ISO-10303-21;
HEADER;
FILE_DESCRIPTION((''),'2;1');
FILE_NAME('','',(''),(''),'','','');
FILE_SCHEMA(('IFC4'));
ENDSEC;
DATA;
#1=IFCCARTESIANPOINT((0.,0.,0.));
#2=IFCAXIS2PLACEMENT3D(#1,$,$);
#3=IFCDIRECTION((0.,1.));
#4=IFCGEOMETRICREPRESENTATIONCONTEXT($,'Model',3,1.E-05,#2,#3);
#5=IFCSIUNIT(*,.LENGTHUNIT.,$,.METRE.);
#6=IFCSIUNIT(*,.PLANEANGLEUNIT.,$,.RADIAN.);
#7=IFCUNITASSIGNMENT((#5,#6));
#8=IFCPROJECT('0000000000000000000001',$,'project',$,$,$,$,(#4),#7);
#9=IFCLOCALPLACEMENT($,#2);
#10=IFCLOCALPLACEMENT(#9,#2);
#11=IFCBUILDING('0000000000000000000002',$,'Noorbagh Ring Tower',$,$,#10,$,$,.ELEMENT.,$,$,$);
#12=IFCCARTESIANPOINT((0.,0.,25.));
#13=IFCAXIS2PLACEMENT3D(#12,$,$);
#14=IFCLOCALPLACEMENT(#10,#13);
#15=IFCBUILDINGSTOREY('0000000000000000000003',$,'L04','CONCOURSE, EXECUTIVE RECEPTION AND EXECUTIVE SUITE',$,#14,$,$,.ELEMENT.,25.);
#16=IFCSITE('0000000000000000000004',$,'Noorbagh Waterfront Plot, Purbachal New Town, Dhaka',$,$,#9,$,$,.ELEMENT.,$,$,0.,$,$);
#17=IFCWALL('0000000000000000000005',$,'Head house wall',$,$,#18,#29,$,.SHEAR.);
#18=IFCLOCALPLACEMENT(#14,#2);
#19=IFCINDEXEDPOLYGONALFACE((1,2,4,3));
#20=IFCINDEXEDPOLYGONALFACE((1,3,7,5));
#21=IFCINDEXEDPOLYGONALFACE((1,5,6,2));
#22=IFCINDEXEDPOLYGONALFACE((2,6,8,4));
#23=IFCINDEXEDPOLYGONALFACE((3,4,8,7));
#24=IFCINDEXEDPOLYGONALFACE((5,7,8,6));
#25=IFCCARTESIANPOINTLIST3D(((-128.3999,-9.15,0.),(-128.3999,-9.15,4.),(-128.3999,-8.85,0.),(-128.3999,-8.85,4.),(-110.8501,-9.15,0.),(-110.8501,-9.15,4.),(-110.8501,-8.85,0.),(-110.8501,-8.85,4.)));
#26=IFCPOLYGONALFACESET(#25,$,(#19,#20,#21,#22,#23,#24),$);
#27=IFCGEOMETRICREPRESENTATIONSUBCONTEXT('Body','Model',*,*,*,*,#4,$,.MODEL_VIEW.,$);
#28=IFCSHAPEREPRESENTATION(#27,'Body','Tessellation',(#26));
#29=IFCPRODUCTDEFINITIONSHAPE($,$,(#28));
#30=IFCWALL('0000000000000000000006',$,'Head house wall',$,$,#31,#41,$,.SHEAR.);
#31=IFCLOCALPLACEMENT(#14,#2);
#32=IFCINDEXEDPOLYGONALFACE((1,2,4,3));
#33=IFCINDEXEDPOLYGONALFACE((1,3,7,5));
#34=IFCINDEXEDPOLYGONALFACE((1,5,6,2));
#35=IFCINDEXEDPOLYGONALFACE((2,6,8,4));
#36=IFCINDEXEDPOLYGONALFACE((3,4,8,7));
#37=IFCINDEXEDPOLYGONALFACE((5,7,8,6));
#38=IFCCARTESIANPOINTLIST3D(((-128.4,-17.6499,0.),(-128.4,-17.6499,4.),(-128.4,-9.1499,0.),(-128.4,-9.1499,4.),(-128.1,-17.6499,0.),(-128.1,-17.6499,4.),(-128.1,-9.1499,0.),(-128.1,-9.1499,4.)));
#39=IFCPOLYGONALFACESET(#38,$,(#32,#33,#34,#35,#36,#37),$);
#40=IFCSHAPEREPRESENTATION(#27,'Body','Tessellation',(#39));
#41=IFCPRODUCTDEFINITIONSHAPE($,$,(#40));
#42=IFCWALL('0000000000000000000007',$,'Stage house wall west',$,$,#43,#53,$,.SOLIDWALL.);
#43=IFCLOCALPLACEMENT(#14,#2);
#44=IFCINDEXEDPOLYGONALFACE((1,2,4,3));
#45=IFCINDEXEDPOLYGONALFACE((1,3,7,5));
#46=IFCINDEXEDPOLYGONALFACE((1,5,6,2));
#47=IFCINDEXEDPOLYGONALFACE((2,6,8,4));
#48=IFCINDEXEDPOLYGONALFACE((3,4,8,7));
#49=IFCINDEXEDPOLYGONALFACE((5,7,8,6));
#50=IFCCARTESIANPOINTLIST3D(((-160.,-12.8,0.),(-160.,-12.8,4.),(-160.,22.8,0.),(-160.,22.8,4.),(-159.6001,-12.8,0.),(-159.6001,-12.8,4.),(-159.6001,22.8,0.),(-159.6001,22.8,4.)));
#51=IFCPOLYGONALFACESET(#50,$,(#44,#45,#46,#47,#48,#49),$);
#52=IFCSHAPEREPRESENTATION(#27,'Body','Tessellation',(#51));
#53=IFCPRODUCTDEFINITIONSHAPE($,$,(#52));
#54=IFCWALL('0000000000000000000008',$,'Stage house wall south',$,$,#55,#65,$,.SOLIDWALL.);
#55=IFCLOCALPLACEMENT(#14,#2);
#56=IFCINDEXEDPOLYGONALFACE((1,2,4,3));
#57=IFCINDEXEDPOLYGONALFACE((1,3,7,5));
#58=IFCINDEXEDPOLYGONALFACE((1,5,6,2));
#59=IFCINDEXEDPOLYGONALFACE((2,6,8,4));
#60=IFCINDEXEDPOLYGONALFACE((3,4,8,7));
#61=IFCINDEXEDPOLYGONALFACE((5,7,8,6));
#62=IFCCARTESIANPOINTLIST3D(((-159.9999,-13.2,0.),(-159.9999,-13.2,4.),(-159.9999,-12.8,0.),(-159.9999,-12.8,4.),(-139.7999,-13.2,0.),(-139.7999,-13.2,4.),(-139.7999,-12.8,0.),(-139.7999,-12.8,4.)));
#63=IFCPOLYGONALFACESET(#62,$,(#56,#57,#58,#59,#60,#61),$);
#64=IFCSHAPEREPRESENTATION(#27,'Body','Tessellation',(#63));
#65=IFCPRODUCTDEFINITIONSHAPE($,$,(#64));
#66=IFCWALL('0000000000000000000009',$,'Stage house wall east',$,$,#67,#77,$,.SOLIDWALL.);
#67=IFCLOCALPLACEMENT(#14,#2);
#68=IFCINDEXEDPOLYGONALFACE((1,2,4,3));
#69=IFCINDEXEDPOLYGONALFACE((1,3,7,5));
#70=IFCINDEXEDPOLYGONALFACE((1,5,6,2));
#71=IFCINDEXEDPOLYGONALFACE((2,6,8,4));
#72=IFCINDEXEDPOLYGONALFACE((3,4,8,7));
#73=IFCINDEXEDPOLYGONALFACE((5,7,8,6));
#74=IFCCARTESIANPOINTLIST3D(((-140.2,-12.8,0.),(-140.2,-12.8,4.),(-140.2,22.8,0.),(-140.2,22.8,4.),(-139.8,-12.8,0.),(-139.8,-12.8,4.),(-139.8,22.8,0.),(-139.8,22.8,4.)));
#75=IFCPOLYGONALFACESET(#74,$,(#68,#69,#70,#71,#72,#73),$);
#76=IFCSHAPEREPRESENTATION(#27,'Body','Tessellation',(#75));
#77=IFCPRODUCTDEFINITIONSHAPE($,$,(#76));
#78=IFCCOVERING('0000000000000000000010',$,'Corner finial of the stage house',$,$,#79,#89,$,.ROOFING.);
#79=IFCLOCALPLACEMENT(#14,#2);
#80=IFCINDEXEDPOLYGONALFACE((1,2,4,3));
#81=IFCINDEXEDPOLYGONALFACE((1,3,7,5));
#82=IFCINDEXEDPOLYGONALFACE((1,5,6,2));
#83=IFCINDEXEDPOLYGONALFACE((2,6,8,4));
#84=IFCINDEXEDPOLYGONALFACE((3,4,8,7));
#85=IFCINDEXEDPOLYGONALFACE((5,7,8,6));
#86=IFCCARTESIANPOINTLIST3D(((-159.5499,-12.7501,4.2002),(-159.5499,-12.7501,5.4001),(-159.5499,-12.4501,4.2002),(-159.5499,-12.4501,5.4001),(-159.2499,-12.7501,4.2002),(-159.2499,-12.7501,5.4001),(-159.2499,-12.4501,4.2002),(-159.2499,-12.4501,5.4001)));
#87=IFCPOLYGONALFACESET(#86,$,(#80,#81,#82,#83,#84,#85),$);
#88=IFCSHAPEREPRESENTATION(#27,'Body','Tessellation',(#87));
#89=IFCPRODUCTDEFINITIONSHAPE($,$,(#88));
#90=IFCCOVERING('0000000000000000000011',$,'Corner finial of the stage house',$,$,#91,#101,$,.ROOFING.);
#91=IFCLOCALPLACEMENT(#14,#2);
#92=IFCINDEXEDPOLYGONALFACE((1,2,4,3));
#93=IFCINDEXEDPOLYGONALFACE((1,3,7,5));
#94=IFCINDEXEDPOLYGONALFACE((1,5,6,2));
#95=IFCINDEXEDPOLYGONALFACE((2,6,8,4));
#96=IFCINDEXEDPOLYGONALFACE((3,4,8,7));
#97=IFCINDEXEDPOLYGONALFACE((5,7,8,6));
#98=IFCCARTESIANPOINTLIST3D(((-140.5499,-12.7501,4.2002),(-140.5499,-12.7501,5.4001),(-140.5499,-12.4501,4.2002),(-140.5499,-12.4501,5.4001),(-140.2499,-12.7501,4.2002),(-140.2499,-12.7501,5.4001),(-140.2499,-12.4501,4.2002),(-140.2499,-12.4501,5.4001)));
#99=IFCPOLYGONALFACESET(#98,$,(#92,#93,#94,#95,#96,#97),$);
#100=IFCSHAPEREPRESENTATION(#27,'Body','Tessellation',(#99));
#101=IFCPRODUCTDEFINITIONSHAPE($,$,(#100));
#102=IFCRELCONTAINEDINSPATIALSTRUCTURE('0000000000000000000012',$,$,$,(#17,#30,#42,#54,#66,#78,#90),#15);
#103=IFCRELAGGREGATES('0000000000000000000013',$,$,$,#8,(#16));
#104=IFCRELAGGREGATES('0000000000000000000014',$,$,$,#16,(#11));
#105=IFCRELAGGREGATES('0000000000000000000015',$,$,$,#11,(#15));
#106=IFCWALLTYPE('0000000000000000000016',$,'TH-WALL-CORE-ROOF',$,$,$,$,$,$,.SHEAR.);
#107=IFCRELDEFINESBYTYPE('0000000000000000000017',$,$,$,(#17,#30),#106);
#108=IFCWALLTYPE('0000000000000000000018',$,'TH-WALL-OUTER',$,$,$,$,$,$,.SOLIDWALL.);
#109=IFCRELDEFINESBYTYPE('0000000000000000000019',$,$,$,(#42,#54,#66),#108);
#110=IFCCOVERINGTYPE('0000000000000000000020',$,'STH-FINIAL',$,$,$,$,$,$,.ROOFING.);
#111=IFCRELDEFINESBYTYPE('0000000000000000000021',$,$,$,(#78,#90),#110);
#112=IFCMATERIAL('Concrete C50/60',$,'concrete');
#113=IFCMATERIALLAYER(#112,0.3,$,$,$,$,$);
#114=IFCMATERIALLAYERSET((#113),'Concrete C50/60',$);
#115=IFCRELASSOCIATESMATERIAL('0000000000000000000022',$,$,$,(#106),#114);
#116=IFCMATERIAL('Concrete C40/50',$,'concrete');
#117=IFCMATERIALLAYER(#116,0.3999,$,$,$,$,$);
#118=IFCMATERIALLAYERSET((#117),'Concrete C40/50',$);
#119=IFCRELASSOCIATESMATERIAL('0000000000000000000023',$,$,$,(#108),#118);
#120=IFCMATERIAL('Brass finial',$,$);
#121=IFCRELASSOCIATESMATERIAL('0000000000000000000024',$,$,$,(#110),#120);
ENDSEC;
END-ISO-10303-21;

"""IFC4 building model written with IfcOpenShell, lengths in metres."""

from ifc_helpers import new_model, si_unit, direction, frame, frame_2d, origin, origin_2d, place, context, subcontext, project, spatial, rectangle, extrude, material, layer, layer_set, type_object, element, save


model = new_model("IFC4")

# Units and contexts
model_context = context("Model", 3, precision=1e-05, world=origin(), true_north=direction((0.0, 1.0)))
body_context = subcontext(model_context, "Body", "Model", "MODEL_VIEW")
ifc_project = project(units=[si_unit("LENGTHUNIT", "METRE"), si_unit("PLANEANGLEUNIT", "RADIAN")], contexts=[model_context])

# Site, building, storey
site_placement = place(None, origin())
site = spatial("IfcSite", under=ifc_project, at=site_placement, Name="Noorbagh Waterfront Plot, Purbachal New Town, Dhaka", CompositionType="ELEMENT", RefElevation=0.0)
building_placement = place(site_placement, origin())
building = spatial("IfcBuilding", under=site, at=building_placement, Name="Noorbagh Ring Tower", CompositionType="ELEMENT")
storey_placement = place(building_placement, frame((0.0, 0.0, 25.0)))
storey = spatial("IfcBuildingStorey", under=building, at=storey_placement, Name="L04", Description="CONCOURSE, EXECUTIVE RECEPTION AND EXECUTIVE SUITE", CompositionType="ELEMENT", Elevation=25.0)

# Shared definitions
ifc_material_1 = material(Name="Concrete C50/60", Category="concrete")
ifc_layer_1 = layer(ifc_material_1, 0.3)
ifc_layer_set_1 = layer_set([ifc_layer_1], Name="Concrete C50/60")
wall_type_1 = type_object("IfcWallType", Name="TH-WALL-CORE-ROOF", PredefinedType="SHEAR", material=ifc_layer_set_1)

# Walls
wall_1_placement = place(storey_placement, frame((-128.3999, -9.0, 0.0), z_axis=(0.0, 0.0, 1.0), x_axis=(1.0, 0.0, 0.0)))
element("IfcWall", 1, at=wall_1_placement, inside=storey, type_object=wall_type_1, Name="Head house wall", PredefinedType="SHEAR", context=body_context, shape_type="SweptSolid", body=[
    extrude(rectangle(XDim=17.5498, YDim=0.3, at=frame_2d((8.7749, 0.0))), origin(), (0.0, 0.0, 1.0), 4.0),
])
wall_2_placement = place(storey_placement, frame((-128.25, -17.6499, 0.0), z_axis=(0.0, 0.0, 1.0), x_axis=(0.0, 1.0, 0.0)))
element("IfcWall", 2, at=wall_2_placement, inside=storey, type_object=wall_type_1, Name="Head house wall", PredefinedType="SHEAR", context=body_context, shape_type="SweptSolid", body=[
    extrude(rectangle(XDim=8.5, YDim=0.3, at=frame_2d((4.25, 0.0))), origin(), (0.0, 0.0, 1.0), 4.0),
])
ifc_material_2 = material(Name="Concrete C40/50", Category="concrete")
ifc_layer_2 = layer(ifc_material_2, 0.3999)
ifc_layer_set_2 = layer_set([ifc_layer_2], Name="Concrete C40/50")
wall_type_2 = type_object("IfcWallType", Name="TH-WALL-OUTER", PredefinedType="SOLIDWALL", material=ifc_layer_set_2)
wall_3_placement = place(storey_placement, frame((-159.8, -12.8, 0.0), z_axis=(0.0, 0.0, 1.0), x_axis=(0.0, 1.0, 0.0)))
element("IfcWall", 3, at=wall_3_placement, inside=storey, type_object=wall_type_2, Name="Stage house wall west", PredefinedType="SOLIDWALL", context=body_context, shape_type="SweptSolid", body=[
    extrude(rectangle(XDim=35.6001, YDim=0.3999, at=frame_2d((17.8, 0.0))), origin(), (0.0, 0.0, 1.0), 4.0),
])
wall_4_placement = place(storey_placement, frame((-160.0, -13.0, 0.0), z_axis=(0.0, 0.0, 1.0), x_axis=(1.0, 0.0, 0.0)))
element("IfcWall", 4, at=wall_4_placement, inside=storey, type_object=wall_type_2, Name="Stage house wall south", PredefinedType="SOLIDWALL", context=body_context, shape_type="SweptSolid", body=[
    extrude(rectangle(XDim=20.2, YDim=0.3999, at=frame_2d((10.1001, 0.0))), origin(), (0.0, 0.0, 1.0), 4.0),
])
wall_5_placement = place(storey_placement, frame((-140.0, -12.8, 0.0), z_axis=(0.0, 0.0, 1.0), x_axis=(0.0, 1.0, 0.0)))
element("IfcWall", 5, at=wall_5_placement, inside=storey, type_object=wall_type_2, Name="Stage house wall east", PredefinedType="SOLIDWALL", context=body_context, shape_type="SweptSolid", body=[
    extrude(rectangle(XDim=35.6001, YDim=0.3999, at=frame_2d((17.8, 0.0))), origin(), (0.0, 0.0, 1.0), 4.0),
])

# Coverings
ifc_material_3 = material(Name="Brass finial")
covering_type_1 = type_object("IfcCoveringType", Name="STH-FINIAL", PredefinedType="ROOFING", material=ifc_material_3)
for number, where, z_axis, x_axis, name in (
    (6, (-159.3999, -12.6001, 4.2002), (0.0, 0.0, 1.0), (1.0, 0.0, 0.0), "Corner finial of the stage house"),
    (7, (-140.3999, -12.6001, 4.2002), (0.0, 0.0, 1.0), (1.0, 0.0, 0.0), "Corner finial of the stage house"),
):
    element("IfcCovering", number, at=place(storey_placement, frame(where, z_axis=z_axis, x_axis=x_axis)), inside=storey, type_object=covering_type_1, Name=name, PredefinedType="ROOFING", context=body_context, shape_type="SweptSolid", body=[
        extrude(rectangle(XDim=0.3, YDim=0.3, at=origin_2d()), origin(), (0.0, 0.0, 1.0), 1.2),
    ])

save(model, "model.ifc")
